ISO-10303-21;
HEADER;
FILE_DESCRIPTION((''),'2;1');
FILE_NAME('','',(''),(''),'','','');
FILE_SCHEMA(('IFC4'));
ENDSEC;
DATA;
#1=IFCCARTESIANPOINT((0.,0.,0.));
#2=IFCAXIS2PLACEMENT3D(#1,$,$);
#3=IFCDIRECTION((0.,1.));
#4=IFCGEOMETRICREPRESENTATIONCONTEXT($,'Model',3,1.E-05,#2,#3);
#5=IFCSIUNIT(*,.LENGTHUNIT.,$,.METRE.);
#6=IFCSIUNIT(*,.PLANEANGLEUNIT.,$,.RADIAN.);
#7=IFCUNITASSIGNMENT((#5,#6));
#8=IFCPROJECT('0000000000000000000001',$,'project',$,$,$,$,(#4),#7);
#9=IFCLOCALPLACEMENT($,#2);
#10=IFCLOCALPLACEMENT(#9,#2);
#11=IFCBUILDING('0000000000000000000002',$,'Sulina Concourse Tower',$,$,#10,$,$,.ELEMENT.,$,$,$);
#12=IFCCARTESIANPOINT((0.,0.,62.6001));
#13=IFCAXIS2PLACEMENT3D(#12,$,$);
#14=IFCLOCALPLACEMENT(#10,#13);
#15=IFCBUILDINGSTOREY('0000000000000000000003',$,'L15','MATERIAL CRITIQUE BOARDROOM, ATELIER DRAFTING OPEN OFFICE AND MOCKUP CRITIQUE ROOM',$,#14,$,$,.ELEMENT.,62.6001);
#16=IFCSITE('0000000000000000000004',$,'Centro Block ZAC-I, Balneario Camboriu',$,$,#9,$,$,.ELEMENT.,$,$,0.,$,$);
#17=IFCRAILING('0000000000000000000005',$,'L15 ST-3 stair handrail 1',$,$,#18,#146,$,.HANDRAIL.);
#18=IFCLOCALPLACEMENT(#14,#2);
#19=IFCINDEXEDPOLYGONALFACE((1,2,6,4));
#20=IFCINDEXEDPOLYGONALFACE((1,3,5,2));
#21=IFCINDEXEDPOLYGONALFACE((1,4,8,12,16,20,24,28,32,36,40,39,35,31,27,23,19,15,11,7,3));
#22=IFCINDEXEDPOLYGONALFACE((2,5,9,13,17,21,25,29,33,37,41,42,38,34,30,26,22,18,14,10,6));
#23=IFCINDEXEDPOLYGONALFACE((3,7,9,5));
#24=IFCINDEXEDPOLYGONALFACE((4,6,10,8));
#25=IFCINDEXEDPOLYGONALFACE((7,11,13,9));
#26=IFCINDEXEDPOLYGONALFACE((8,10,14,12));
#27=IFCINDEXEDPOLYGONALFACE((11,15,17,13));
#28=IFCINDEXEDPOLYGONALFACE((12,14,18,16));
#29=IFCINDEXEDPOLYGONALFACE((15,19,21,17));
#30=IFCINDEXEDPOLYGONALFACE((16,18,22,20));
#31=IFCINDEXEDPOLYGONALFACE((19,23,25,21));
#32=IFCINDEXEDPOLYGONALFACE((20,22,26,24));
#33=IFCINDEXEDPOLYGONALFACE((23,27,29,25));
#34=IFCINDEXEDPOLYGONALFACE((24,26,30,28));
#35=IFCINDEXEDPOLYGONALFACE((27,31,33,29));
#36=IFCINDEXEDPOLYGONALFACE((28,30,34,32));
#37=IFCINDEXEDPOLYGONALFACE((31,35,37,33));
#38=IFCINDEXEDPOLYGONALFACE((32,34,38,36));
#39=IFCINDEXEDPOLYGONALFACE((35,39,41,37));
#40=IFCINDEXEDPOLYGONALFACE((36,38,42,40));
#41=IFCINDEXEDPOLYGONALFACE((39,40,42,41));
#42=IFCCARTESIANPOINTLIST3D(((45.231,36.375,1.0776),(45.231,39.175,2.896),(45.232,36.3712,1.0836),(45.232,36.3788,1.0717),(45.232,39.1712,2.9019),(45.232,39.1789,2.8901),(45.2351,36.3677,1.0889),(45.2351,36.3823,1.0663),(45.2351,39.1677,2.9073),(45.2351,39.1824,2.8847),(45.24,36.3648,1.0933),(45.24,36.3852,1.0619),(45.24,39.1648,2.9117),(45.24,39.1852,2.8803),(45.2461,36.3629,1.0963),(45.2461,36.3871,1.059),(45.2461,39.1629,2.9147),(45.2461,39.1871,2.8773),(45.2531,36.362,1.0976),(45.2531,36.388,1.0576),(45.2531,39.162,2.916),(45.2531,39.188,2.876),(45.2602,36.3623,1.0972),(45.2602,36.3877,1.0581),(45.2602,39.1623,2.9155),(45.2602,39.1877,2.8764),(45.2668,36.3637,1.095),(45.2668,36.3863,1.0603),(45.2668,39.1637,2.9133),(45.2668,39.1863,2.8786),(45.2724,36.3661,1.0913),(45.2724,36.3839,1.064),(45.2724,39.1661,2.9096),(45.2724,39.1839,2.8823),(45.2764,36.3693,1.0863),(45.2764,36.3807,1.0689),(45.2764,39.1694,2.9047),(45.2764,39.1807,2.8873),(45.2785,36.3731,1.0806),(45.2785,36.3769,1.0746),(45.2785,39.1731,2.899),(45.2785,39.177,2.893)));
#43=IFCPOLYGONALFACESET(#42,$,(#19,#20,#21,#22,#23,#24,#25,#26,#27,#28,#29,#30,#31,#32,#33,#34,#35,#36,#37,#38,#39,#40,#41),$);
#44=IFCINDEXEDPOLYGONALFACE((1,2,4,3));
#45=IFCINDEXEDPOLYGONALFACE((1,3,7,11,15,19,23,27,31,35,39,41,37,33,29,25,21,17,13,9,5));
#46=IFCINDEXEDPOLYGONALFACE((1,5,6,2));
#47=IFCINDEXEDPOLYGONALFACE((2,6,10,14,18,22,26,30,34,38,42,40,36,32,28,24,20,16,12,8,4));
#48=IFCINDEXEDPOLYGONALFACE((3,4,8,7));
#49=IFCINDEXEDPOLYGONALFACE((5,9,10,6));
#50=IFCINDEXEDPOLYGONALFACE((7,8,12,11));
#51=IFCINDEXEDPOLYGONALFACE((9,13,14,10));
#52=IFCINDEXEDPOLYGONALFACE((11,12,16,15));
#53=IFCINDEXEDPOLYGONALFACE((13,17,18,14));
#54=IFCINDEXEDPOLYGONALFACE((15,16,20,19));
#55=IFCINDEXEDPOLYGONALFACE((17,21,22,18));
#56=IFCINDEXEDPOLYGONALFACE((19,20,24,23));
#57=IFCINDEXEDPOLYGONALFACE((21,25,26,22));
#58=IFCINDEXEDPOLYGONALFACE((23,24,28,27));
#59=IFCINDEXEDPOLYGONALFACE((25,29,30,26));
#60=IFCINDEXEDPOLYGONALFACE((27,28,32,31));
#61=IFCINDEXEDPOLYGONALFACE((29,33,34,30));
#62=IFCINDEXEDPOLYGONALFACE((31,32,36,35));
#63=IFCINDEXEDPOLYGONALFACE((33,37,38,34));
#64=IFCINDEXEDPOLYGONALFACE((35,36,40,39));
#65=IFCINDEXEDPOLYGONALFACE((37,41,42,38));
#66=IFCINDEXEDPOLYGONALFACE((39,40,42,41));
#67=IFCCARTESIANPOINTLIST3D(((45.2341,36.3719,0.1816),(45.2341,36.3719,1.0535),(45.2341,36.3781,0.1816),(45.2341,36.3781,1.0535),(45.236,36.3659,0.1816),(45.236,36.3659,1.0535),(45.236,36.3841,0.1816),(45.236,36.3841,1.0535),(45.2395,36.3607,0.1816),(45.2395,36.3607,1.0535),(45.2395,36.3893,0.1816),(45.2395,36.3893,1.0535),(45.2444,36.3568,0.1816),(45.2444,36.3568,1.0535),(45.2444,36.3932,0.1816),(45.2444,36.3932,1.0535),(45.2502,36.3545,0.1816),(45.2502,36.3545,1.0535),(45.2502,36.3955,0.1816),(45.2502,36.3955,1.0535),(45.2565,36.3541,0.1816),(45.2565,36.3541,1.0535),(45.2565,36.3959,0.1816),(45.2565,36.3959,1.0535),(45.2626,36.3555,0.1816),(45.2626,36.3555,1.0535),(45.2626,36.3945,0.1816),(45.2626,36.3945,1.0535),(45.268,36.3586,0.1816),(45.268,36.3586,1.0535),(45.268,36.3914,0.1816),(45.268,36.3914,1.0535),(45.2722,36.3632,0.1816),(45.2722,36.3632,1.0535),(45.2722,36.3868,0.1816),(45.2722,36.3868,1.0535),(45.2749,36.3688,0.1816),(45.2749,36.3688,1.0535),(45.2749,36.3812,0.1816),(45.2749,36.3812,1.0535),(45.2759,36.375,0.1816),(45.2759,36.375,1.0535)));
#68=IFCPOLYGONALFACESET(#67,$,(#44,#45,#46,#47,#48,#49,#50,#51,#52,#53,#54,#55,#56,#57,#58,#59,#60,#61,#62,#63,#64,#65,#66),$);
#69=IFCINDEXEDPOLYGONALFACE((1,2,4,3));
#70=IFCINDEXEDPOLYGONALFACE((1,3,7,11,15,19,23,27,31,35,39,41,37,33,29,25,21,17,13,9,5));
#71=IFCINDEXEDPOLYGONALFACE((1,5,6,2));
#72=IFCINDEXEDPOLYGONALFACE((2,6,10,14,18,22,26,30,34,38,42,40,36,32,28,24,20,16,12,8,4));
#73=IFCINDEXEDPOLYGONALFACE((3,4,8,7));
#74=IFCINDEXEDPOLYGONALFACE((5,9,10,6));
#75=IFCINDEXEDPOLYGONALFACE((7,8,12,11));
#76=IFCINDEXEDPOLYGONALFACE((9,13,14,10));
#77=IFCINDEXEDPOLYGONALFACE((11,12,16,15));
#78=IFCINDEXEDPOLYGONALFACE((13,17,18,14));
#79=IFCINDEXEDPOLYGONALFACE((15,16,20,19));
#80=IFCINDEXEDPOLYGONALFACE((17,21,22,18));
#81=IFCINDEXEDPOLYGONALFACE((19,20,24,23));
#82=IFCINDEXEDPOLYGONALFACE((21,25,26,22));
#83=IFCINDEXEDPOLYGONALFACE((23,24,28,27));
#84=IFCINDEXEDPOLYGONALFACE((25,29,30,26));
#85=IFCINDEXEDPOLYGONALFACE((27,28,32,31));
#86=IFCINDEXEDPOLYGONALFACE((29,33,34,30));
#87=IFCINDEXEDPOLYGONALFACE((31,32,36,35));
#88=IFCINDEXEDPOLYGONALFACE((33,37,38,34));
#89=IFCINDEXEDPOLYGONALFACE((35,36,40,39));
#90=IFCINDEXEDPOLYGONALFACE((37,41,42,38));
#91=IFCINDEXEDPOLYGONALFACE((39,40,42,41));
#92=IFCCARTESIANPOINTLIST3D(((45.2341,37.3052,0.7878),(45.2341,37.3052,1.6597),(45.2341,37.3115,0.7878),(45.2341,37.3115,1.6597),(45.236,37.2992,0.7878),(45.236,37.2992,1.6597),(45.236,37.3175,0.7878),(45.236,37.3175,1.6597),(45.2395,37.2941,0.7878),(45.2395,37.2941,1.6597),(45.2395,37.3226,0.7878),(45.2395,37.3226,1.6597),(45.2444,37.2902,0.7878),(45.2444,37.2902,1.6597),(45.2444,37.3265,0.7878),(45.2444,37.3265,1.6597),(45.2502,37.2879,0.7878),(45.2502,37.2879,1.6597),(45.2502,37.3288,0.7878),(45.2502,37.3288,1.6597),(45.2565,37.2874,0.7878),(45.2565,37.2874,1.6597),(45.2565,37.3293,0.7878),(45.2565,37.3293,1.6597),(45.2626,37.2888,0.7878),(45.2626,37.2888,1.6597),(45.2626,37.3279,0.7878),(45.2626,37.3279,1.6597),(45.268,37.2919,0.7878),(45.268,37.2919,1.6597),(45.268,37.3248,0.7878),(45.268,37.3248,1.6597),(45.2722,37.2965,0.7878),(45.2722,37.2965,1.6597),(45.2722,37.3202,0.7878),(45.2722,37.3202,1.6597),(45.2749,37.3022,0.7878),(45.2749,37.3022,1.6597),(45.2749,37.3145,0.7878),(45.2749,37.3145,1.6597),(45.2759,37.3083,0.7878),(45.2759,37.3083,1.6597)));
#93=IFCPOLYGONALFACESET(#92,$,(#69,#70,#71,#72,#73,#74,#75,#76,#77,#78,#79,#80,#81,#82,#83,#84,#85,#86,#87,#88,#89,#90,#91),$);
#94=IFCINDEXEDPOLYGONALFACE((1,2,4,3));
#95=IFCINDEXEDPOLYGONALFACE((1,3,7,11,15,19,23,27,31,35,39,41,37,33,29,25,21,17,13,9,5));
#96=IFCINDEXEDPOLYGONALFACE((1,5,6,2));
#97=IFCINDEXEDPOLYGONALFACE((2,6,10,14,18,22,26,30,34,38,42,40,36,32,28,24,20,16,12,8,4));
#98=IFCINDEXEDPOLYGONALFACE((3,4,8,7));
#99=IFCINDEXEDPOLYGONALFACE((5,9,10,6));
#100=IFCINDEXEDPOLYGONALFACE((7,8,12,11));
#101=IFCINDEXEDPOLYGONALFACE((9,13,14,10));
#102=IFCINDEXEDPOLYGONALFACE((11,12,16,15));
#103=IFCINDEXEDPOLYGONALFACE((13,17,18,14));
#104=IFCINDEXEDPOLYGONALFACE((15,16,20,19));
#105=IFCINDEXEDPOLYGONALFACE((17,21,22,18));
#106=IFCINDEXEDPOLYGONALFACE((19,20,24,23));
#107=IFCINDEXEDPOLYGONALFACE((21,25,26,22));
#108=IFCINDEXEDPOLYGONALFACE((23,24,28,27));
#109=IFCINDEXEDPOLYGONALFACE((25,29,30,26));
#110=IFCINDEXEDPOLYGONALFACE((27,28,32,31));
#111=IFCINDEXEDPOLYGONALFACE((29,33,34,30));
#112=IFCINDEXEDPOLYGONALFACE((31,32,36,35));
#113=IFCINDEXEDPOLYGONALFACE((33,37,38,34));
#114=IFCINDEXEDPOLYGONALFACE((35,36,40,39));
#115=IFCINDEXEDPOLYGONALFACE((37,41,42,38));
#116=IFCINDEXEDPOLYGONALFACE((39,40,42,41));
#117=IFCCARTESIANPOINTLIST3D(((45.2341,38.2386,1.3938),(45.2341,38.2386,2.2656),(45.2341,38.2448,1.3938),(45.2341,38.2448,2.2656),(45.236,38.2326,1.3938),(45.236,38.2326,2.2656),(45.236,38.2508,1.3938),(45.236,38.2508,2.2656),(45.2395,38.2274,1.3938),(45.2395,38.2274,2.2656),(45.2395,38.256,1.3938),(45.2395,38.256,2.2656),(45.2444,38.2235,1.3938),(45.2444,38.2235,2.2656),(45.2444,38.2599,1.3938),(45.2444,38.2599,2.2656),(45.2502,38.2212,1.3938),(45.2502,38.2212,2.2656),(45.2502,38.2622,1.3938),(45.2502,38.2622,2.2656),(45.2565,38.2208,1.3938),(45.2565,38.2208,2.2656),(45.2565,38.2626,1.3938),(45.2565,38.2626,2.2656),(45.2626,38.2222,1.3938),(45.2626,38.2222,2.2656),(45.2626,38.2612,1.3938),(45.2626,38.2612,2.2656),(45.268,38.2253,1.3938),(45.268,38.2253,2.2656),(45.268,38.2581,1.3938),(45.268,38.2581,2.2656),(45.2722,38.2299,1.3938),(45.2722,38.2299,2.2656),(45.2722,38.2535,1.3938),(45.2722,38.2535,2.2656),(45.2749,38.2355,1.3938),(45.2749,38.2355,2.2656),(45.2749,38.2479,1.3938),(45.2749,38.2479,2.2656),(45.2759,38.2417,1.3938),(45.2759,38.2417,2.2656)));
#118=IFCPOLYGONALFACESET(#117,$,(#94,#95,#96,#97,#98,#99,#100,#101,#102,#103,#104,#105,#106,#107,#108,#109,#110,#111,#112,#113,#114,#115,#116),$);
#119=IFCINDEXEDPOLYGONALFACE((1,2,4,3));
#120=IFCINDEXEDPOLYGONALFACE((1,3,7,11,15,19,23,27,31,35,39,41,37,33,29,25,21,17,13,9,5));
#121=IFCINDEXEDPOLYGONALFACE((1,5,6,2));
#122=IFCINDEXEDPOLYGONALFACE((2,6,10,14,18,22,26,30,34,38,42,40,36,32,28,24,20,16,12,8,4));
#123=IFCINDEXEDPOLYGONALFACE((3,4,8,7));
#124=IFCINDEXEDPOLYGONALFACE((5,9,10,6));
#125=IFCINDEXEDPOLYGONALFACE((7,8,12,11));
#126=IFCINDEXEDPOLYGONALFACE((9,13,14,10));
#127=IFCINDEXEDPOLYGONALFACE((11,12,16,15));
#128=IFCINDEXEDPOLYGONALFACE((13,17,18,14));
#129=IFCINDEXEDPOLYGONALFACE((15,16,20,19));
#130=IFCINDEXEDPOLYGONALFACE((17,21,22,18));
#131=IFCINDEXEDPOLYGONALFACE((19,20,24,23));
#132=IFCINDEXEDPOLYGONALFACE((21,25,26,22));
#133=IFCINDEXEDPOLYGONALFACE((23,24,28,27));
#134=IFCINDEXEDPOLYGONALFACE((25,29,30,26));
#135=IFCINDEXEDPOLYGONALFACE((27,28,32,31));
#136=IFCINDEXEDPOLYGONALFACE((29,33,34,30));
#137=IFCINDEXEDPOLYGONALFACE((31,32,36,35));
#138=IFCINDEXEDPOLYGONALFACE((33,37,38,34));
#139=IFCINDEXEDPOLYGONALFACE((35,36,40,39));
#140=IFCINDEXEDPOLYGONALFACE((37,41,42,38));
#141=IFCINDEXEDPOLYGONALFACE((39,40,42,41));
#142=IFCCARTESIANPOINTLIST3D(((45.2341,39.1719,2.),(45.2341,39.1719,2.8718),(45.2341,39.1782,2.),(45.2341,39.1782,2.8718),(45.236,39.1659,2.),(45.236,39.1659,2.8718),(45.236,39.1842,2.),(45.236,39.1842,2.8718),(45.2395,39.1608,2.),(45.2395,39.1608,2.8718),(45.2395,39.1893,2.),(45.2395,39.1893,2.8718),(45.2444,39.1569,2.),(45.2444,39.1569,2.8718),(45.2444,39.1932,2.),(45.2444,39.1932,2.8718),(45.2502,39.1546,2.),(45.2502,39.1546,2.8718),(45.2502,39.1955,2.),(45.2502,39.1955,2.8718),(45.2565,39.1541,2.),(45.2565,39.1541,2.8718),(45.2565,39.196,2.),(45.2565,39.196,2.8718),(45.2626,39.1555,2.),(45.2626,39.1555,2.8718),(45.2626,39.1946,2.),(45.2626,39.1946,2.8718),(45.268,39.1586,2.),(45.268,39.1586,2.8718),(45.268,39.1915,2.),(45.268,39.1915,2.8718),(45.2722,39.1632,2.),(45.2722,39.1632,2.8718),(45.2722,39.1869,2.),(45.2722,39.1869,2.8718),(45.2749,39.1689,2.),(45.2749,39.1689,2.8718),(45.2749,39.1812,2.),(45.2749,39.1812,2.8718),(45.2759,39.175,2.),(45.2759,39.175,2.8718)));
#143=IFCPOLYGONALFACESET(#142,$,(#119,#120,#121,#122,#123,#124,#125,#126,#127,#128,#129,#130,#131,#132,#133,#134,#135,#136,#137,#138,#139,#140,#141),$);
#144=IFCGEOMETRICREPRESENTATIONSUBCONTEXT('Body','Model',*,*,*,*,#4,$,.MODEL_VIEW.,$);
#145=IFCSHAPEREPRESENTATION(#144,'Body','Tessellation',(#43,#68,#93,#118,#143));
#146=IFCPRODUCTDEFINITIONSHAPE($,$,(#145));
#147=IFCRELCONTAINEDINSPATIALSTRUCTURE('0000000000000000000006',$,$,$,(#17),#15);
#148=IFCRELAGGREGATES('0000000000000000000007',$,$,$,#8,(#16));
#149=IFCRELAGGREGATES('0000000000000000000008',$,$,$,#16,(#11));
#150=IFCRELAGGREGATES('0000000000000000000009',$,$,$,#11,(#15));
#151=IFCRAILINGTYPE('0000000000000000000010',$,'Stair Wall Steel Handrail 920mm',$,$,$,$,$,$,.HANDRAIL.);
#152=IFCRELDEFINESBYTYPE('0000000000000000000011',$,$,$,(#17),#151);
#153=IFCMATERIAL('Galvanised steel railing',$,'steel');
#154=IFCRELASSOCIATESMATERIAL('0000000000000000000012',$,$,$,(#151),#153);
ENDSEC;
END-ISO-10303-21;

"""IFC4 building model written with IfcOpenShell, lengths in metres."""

from ifc_helpers import new_model, si_unit, direction, frame, origin, origin_2d, place, context, subcontext, project, spatial, circle, extrude, material, type_object, element, save


model = new_model("IFC4")

# Units and contexts
model_context = context("Model", 3, precision=1e-05, world=origin(), true_north=direction((0.0, 1.0)))
body_context = subcontext(model_context, "Body", "Model", "MODEL_VIEW")
ifc_project = project(units=[si_unit("LENGTHUNIT", "METRE"), si_unit("PLANEANGLEUNIT", "RADIAN")], contexts=[model_context])

# Site, building, storey
site_placement = place(None, origin())
site = spatial("IfcSite", under=ifc_project, at=site_placement, Name="Centro Block ZAC-I, Balneario Camboriu", CompositionType="ELEMENT", RefElevation=0.0)
building_placement = place(site_placement, origin())
building = spatial("IfcBuilding", under=site, at=building_placement, Name="Sulina Concourse Tower", CompositionType="ELEMENT")
storey_placement = place(building_placement, frame((0.0, 0.0, 62.6001)))
storey = spatial("IfcBuildingStorey", under=building, at=storey_placement, Name="L15", Description="MATERIAL CRITIQUE BOARDROOM, ATELIER DRAFTING OPEN OFFICE AND MOCKUP CRITIQUE ROOM", CompositionType="ELEMENT", Elevation=62.6001)

# Railing
ifc_material_1 = material(Name="Galvanised steel railing", Category="steel")
railing_type_1 = type_object("IfcRailingType", Name="Stair Wall Steel Handrail 920mm", PredefinedType="HANDRAIL", material=ifc_material_1)
railing_1_placement = place(storey_placement, frame((45.2549, 36.375, 0.1816)))
element("IfcRailing", 1, at=railing_1_placement, inside=storey, type_object=railing_type_1, Name="L15 ST-3 stair handrail 1", PredefinedType="HANDRAIL", context=body_context, shape_type="SweptSolid", body=[
    extrude(circle(Radius=0.0239, at=origin_2d()), frame((0.0, 0.0, 0.896), z_axis=(0.0, 0.838672, 0.544636), x_axis=(-1.0, 0.0, 0.0)), (0.0, 0.0, 1.0), 3.3386),
    extrude(circle(Radius=0.021, at=origin_2d()), origin(), (0.0, 0.0, 1.0), 0.8718),
    extrude(circle(Radius=0.021, at=origin_2d()), frame((0.0, 0.9333, 0.6062)), (0.0, 0.0, 1.0), 0.8718),
    extrude(circle(Radius=0.021, at=origin_2d()), frame((0.0, 1.8667, 1.2122)), (0.0, 0.0, 1.0), 0.8718),
    extrude(circle(Radius=0.021, at=origin_2d()), frame((0.0, 2.8, 1.8184)), (0.0, 0.0, 1.0), 0.8718),
])

save(model, "model.ifc")
